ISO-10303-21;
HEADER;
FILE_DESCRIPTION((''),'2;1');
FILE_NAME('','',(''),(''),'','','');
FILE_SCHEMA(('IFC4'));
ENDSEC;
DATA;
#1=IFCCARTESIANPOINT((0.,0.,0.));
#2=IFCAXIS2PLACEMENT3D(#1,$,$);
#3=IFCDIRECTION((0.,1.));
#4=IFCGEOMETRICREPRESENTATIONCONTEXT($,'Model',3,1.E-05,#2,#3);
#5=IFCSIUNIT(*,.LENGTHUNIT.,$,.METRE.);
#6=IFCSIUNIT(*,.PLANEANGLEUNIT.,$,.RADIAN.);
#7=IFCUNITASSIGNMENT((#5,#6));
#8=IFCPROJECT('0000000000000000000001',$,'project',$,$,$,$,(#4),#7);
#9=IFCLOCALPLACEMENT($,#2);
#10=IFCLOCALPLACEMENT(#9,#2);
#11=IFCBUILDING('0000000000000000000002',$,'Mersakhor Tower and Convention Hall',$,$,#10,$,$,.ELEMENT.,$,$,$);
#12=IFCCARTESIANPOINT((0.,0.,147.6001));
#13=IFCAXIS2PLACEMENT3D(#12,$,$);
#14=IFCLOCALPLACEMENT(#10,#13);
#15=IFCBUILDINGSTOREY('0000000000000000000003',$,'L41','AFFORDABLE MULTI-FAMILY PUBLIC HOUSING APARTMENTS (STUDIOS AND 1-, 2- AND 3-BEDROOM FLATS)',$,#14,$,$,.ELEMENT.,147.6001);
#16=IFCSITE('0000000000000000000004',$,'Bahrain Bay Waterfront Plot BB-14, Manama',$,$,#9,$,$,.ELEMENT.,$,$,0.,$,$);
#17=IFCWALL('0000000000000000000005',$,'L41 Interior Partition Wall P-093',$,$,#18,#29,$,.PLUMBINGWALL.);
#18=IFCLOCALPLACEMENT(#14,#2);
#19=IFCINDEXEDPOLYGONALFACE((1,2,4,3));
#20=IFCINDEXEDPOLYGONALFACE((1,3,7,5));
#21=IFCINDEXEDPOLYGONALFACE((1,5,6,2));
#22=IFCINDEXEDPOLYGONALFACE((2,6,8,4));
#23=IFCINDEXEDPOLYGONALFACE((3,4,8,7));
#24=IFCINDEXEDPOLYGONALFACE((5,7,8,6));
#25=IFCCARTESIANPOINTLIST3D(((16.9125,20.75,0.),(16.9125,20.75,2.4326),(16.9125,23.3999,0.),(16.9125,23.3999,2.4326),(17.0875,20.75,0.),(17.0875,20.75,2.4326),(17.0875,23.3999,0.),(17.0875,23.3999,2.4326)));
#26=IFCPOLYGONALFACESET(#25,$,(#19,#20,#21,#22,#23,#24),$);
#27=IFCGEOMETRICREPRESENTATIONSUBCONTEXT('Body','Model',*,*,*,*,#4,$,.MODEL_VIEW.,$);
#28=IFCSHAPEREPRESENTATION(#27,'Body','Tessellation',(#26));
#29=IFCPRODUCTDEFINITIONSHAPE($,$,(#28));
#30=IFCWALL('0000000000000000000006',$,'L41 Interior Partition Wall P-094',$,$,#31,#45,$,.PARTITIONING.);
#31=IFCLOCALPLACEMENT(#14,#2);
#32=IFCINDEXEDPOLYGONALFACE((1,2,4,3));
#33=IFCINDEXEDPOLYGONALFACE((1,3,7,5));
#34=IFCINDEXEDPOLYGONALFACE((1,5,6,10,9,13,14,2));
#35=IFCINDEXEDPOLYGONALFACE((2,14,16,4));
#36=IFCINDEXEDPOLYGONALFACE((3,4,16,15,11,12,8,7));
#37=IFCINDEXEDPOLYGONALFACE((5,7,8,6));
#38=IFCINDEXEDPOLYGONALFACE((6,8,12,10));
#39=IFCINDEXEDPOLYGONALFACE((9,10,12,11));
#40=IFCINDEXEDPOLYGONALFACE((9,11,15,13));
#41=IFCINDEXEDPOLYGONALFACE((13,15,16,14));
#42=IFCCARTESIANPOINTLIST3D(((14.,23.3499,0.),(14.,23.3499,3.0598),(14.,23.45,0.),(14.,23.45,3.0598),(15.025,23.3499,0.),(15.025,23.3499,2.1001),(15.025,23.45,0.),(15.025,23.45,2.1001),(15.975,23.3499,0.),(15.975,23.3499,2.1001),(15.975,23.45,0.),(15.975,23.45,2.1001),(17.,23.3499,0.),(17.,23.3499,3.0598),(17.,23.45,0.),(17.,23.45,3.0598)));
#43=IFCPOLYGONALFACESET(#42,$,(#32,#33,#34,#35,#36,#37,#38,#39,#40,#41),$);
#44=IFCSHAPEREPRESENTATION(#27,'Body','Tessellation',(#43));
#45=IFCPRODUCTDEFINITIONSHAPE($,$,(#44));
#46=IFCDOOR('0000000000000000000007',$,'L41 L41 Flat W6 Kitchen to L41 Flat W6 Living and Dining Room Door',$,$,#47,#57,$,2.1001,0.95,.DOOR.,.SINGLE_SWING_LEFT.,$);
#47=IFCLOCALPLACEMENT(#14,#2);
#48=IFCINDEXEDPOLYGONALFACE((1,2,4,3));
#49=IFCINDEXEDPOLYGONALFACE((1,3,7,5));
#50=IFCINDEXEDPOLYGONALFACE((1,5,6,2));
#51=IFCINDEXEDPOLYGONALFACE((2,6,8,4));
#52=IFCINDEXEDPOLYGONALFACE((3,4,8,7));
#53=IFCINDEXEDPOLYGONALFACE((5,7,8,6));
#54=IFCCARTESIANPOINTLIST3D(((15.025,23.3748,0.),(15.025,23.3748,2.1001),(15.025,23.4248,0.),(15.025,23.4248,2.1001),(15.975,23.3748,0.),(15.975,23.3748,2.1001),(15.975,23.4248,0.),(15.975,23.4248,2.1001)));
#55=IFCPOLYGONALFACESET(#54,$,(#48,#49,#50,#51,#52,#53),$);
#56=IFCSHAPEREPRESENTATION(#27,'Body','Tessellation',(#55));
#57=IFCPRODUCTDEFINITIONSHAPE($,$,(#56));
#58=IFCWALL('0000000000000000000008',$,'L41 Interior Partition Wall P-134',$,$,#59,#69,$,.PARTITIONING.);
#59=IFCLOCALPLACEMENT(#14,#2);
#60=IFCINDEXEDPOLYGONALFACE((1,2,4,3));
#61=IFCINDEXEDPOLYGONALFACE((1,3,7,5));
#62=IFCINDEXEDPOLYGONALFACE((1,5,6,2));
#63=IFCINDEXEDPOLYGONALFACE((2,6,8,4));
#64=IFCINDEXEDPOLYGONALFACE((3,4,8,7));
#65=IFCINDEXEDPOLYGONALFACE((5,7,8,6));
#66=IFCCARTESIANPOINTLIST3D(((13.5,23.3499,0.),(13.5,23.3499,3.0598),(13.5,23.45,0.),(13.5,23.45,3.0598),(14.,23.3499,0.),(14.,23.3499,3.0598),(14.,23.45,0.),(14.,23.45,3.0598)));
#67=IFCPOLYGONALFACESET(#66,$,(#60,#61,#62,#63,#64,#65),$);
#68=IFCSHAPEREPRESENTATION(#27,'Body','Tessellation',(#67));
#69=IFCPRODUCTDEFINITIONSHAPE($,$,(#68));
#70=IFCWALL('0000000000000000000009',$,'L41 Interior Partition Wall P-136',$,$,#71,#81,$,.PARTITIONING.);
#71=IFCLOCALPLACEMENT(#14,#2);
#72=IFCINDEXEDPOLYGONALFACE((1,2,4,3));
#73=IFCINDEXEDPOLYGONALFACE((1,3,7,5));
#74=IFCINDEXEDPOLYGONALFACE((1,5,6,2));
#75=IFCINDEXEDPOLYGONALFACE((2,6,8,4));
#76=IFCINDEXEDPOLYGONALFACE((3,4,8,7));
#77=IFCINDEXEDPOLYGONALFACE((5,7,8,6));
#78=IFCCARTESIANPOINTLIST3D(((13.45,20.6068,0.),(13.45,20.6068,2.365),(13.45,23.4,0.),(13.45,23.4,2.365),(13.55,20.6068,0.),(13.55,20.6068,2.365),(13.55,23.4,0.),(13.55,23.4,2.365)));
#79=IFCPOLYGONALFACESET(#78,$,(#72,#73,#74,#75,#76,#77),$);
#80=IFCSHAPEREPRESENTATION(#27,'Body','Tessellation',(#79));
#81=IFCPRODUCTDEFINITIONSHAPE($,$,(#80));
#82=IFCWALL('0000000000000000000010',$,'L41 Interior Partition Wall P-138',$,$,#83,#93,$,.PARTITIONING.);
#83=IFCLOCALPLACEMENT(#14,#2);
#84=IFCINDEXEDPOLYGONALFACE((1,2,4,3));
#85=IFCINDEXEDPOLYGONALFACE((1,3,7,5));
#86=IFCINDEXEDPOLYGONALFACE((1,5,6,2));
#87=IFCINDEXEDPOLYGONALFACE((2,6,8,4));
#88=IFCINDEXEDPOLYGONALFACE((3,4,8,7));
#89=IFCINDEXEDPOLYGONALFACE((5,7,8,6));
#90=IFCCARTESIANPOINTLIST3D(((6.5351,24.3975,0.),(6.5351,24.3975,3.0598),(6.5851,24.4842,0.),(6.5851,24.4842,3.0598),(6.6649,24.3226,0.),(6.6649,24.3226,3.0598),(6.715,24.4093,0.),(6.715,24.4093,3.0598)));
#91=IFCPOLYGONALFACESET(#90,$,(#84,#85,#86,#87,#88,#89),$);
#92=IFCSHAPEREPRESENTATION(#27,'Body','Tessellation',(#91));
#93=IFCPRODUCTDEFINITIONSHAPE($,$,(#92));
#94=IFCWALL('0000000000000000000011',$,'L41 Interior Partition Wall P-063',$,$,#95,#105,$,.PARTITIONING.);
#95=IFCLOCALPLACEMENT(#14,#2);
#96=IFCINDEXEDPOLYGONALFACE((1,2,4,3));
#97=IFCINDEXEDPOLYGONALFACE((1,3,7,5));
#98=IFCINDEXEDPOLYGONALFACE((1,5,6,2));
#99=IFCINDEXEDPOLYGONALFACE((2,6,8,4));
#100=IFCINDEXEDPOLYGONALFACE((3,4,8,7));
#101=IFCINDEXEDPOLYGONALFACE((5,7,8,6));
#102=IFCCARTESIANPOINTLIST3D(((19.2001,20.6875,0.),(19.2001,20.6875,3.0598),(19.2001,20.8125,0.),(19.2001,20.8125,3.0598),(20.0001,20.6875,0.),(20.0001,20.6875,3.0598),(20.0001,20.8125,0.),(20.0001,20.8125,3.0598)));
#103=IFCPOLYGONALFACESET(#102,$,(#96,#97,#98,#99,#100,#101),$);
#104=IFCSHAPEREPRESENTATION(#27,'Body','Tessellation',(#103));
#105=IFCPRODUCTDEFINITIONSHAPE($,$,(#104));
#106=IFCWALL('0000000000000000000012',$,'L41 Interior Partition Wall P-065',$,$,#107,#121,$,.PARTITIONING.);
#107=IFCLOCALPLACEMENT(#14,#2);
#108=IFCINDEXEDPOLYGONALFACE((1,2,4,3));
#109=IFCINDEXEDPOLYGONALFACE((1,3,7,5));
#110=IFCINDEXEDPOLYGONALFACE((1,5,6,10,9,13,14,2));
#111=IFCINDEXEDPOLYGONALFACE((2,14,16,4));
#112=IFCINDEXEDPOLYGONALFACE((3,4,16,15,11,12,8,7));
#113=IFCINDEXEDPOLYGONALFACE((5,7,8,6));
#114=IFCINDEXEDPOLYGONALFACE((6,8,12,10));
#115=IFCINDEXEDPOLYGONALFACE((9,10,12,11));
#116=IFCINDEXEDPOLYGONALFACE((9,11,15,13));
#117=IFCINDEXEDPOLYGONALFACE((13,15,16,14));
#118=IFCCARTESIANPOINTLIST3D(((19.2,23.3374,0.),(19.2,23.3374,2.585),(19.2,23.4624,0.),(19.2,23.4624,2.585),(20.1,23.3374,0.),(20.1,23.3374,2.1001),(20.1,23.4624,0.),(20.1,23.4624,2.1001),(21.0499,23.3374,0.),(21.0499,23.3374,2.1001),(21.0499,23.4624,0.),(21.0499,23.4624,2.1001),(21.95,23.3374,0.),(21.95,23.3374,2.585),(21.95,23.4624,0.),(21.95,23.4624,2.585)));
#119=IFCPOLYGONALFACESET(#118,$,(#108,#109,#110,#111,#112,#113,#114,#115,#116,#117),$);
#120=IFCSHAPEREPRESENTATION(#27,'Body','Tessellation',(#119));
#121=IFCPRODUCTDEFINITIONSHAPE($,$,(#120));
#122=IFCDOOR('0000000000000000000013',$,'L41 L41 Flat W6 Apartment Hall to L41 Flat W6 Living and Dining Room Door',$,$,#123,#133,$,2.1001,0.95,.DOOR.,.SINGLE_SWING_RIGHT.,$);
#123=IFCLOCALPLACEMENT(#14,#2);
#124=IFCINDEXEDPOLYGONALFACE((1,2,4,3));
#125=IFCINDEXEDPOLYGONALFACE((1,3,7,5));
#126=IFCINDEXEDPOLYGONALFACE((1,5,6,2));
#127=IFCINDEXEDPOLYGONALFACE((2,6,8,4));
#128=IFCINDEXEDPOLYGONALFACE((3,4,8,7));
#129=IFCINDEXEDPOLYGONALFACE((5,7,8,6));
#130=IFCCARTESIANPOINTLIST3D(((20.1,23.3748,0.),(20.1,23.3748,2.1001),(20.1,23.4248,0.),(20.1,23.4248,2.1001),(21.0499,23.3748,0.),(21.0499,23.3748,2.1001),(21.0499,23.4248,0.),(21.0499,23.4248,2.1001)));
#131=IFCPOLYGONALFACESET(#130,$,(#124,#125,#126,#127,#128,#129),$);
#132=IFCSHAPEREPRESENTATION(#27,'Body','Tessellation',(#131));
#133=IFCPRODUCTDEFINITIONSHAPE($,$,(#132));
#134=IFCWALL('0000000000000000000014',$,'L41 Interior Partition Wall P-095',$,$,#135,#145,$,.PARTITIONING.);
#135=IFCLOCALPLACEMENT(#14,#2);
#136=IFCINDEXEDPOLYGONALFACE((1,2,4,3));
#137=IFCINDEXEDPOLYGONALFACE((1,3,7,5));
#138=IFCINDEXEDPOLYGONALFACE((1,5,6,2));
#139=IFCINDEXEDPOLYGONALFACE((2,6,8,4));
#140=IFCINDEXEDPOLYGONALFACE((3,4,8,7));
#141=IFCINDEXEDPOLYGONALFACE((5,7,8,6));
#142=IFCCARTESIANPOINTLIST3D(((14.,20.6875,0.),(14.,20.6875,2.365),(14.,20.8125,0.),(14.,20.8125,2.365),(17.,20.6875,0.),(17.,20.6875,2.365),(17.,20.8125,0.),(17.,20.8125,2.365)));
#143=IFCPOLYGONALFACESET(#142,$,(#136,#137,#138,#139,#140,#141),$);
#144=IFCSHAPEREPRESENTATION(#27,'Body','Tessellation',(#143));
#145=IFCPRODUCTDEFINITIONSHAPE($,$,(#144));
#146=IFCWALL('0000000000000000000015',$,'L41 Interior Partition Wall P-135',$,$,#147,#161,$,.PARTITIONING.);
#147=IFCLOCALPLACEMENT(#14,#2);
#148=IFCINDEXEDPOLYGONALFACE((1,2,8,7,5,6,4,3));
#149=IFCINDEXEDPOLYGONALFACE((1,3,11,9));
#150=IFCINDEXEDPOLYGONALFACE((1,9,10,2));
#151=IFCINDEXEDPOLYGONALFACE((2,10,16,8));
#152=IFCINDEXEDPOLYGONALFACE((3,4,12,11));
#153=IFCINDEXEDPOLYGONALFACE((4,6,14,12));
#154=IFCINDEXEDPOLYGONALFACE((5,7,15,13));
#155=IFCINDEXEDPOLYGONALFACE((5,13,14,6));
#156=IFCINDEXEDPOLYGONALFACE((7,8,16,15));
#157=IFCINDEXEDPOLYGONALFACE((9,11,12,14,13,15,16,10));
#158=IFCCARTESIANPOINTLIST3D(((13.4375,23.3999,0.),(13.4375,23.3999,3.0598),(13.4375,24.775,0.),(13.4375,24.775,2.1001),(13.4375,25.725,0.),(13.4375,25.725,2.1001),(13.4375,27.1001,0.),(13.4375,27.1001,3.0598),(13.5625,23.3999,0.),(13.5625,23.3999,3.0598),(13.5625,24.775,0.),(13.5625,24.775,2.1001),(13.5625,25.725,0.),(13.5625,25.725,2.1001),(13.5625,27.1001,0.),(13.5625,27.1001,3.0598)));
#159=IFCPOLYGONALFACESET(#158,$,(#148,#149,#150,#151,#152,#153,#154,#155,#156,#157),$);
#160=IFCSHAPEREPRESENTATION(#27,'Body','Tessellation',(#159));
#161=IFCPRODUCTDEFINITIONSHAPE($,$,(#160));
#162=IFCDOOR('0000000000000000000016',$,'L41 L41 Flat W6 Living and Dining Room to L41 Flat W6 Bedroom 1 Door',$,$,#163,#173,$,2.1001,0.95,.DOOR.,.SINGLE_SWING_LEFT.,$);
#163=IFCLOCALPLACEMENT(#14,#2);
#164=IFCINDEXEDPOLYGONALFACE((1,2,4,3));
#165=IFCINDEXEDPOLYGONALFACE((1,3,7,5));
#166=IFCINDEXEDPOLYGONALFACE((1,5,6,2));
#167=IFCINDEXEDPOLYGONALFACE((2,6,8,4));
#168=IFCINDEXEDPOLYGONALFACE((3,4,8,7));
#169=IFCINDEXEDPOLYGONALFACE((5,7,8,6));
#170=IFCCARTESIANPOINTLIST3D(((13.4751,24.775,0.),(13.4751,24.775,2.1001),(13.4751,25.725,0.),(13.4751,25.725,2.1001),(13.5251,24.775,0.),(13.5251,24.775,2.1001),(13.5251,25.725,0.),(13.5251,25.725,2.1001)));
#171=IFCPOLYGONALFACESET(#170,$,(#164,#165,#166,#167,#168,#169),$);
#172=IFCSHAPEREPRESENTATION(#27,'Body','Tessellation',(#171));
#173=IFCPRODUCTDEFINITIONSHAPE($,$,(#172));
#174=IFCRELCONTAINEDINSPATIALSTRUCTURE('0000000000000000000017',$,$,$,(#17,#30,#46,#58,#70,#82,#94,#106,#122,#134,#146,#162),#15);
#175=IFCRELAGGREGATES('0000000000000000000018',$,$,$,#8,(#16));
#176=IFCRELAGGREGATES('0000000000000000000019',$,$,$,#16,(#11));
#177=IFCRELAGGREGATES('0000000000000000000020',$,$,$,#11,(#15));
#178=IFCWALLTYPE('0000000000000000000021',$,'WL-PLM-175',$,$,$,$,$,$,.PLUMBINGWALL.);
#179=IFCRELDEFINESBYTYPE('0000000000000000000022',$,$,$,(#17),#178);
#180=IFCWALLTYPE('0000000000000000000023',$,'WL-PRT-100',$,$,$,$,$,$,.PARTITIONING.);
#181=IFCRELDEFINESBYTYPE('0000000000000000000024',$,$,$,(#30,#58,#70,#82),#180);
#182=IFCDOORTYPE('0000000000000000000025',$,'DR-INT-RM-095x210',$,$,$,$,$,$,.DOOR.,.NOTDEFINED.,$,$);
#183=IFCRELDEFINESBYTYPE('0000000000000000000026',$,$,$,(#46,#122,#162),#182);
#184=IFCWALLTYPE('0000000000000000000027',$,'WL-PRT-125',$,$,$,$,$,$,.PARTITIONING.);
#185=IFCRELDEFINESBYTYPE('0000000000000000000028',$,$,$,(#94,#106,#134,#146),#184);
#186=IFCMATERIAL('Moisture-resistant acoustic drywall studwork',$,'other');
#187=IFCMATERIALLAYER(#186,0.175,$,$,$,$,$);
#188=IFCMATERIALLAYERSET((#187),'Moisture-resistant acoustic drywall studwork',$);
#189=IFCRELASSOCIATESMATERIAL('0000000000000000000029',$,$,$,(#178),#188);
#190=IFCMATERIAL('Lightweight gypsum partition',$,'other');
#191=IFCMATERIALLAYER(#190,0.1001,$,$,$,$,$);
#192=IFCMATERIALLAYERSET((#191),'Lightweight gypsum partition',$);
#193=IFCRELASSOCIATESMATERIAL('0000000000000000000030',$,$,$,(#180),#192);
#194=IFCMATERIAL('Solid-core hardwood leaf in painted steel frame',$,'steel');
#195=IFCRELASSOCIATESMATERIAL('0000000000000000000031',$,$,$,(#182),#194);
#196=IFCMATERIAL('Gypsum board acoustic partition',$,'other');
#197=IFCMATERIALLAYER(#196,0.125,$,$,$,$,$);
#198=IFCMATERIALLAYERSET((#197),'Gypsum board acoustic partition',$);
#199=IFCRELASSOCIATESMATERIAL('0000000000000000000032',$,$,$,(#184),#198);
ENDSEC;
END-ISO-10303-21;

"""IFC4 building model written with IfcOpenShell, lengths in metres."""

from ifc_helpers import new_model, si_unit, direction, frame, frame_2d, origin, place, context, subcontext, project, spatial, rectangle, extrude, material, layer, layer_set, type_object, element, fill, save


model = new_model("IFC4")

# Units and contexts
model_context = context("Model", 3, precision=1e-05, world=origin(), true_north=direction((0.0, 1.0)))
body_context = subcontext(model_context, "Body", "Model", "MODEL_VIEW")
ifc_project = project(units=[si_unit("LENGTHUNIT", "METRE"), si_unit("PLANEANGLEUNIT", "RADIAN")], contexts=[model_context])

# Site, building, storey
site_placement = place(None, origin())
site = spatial("IfcSite", under=ifc_project, at=site_placement, Name="Bahrain Bay Waterfront Plot BB-14, Manama", CompositionType="ELEMENT", RefElevation=0.0)
building_placement = place(site_placement, origin())
building = spatial("IfcBuilding", under=site, at=building_placement, Name="Mersakhor Tower and Convention Hall", CompositionType="ELEMENT")
storey_placement = place(building_placement, frame((0.0, 0.0, 147.6001)))
storey = spatial("IfcBuildingStorey", under=building, at=storey_placement, Name="L41", Description="AFFORDABLE MULTI-FAMILY PUBLIC HOUSING APARTMENTS (STUDIOS AND 1-, 2- AND 3-BEDROOM FLATS)", CompositionType="ELEMENT", Elevation=147.6001)

# Shared definitions
ifc_material_1 = material(Name="Moisture-resistant acoustic drywall studwork", Category="other")
ifc_layer_1 = layer(ifc_material_1, 0.175)
ifc_layer_set_1 = layer_set([ifc_layer_1], Name="Moisture-resistant acoustic drywall studwork")
wall_type_1 = type_object("IfcWallType", Name="WL-PLM-175", PredefinedType="PLUMBINGWALL", material=ifc_layer_set_1)

# Wall
wall_1_placement = place(storey_placement, frame((17.0, 20.75, 0.0), z_axis=(0.0, 0.0, 1.0), x_axis=(0.0, 1.0, 0.0)))
element("IfcWall", 1, at=wall_1_placement, inside=storey, type_object=wall_type_1, Name="L41 Interior Partition Wall P-093", PredefinedType="PLUMBINGWALL", context=body_context, shape_type="SweptSolid", body=[
    extrude(rectangle(XDim=2.6499, YDim=0.175, at=frame_2d((1.325, 0.0))), origin(), (0.0, 0.0, 1.0), 2.4326),
])

# Wall, opening, door
ifc_material_2 = material(Name="Lightweight gypsum partition", Category="other")
ifc_layer_2 = layer(ifc_material_2, 0.1001)
ifc_layer_set_2 = layer_set([ifc_layer_2], Name="Lightweight gypsum partition")
wall_type_2 = type_object("IfcWallType", Name="WL-PRT-100", PredefinedType="PARTITIONING", material=ifc_layer_set_2)
wall_2_placement = place(storey_placement, frame((14.0, 23.3999, 0.0), z_axis=(0.0, 0.0, 1.0), x_axis=(1.0, 0.0, 0.0)))
wall_2 = element("IfcWall", 2, at=wall_2_placement, inside=storey, type_object=wall_type_2, Name="L41 Interior Partition Wall P-094", PredefinedType="PARTITIONING", context=body_context, shape_type="SweptSolid", body=[
    extrude(rectangle(XDim=3.0, YDim=0.1001, at=frame_2d((1.5, 0.0))), origin(), (0.0, 0.0, 1.0), 3.0598),
])
opening_1_placement = place(wall_2_placement, frame((1.0249, 0.0, 0.0)))
opening_1 = element("IfcOpeningElement", 3, at=opening_1_placement, cuts=wall_2, PredefinedType="OPENING", context=body_context, shape_type="SweptSolid", body=[
    extrude(rectangle(XDim=0.95, YDim=2.1001, at=frame_2d((0.4751, 1.05))), frame((0.0, 0.0601, 0.0), z_axis=(0.0, -1.0, 0.0), x_axis=(1.0, 0.0, 0.0)), (0.0, 0.0, 1.0), 0.1201),
])
ifc_material_3 = material(Name="Solid-core hardwood leaf in painted steel frame", Category="steel")
door_type_1 = type_object("IfcDoorType", Name="DR-INT-RM-095x210", OperationType="NOTDEFINED", PredefinedType="DOOR", material=ifc_material_3)
door_1_placement = place(opening_1_placement, origin())
door_1 = element("IfcDoor", 4, at=door_1_placement, inside=storey, type_object=door_type_1, Name="L41 L41 Flat W6 Kitchen to L41 Flat W6 Living and Dining Room Door", OperationType="SINGLE_SWING_LEFT", OverallHeight=2.1001, OverallWidth=0.95, PredefinedType="DOOR", context=body_context, shape_type="SweptSolid", body=[
    extrude(rectangle(XDim=0.95, YDim=2.1001, at=frame_2d((0.4751, 1.05))), frame((0.0, 0.0249, 0.0), z_axis=(0.0, -1.0, 0.0), x_axis=(1.0, 0.0, 0.0)), (0.0, 0.0, 1.0), 0.05),
])
fill(opening_1, door_1)

# Walls
wall_3_placement = place(storey_placement, frame((14.0, 23.3999, 0.0), z_axis=(0.0, 0.0, 1.0), x_axis=(-1.0, 0.0, 0.0)))
element("IfcWall", 5, at=wall_3_placement, inside=storey, type_object=wall_type_2, Name="L41 Interior Partition Wall P-134", PredefinedType="PARTITIONING", context=body_context, shape_type="SweptSolid", body=[
    extrude(rectangle(XDim=0.5, YDim=0.1001, at=frame_2d((0.25, 0.0))), origin(), (0.0, 0.0, 1.0), 3.0598),
])
wall_4_placement = place(storey_placement, frame((13.5, 23.3999, 0.0), z_axis=(0.0, 0.0, 1.0), x_axis=(0.0, -1.0, 0.0)))
element("IfcWall", 6, at=wall_4_placement, inside=storey, type_object=wall_type_2, Name="L41 Interior Partition Wall P-136", PredefinedType="PARTITIONING", context=body_context, shape_type="SweptSolid", body=[
    extrude(rectangle(XDim=2.7932, YDim=0.1001, at=frame_2d((1.3965, 0.0))), origin(), (0.0, 0.0, 1.0), 2.365),
])
wall_5_placement = place(storey_placement, frame((6.6899, 24.366, 0.0), z_axis=(0.0, 0.0, 1.0), x_axis=(-0.866131, 0.499816, 0.0)))
element("IfcWall", 7, at=wall_5_placement, inside=storey, type_object=wall_type_2, Name="L41 Interior Partition Wall P-138", PredefinedType="PARTITIONING", context=body_context, shape_type="SweptSolid", body=[
    extrude(rectangle(XDim=0.1499, YDim=0.1001, at=frame_2d((0.075, 0.0))), origin(), (0.0, 0.0, 1.0), 3.0598),
])
ifc_material_4 = material(Name="Gypsum board acoustic partition", Category="other")
ifc_layer_3 = layer(ifc_material_4, 0.125)
ifc_layer_set_3 = layer_set([ifc_layer_3], Name="Gypsum board acoustic partition")
wall_type_3 = type_object("IfcWallType", Name="WL-PRT-125", PredefinedType="PARTITIONING", material=ifc_layer_set_3)
wall_6_placement = place(storey_placement, frame((20.0, 20.75, 0.0), z_axis=(0.0, 0.0, 1.0), x_axis=(-1.0, 0.0, 0.0)))
element("IfcWall", 8, at=wall_6_placement, inside=storey, type_object=wall_type_3, Name="L41 Interior Partition Wall P-063", PredefinedType="PARTITIONING", context=body_context, shape_type="SweptSolid", body=[
    extrude(rectangle(XDim=0.8, YDim=0.125, at=frame_2d((0.3999, 0.0))), origin(), (0.0, 0.0, 1.0), 3.0598),
])

# Wall, opening, door
wall_7_placement = place(storey_placement, frame((19.2, 23.3999, 0.0), z_axis=(0.0, 0.0, 1.0), x_axis=(1.0, 0.0, 0.0)))
wall_7 = element("IfcWall", 9, at=wall_7_placement, inside=storey, type_object=wall_type_3, Name="L41 Interior Partition Wall P-065", PredefinedType="PARTITIONING", context=body_context, shape_type="SweptSolid", body=[
    extrude(rectangle(XDim=2.75, YDim=0.125, at=frame_2d((1.375, 0.0))), origin(), (0.0, 0.0, 1.0), 2.585),
])
opening_2_placement = place(wall_7_placement, frame((0.8999, 0.0, 0.0)))
opening_2 = element("IfcOpeningElement", 10, at=opening_2_placement, cuts=wall_7, PredefinedType="OPENING", context=body_context, shape_type="SweptSolid", body=[
    extrude(rectangle(XDim=0.95, YDim=2.1001, at=frame_2d((0.4751, 1.05))), frame((0.0, 0.0725, 0.0), z_axis=(0.0, -1.0, 0.0), x_axis=(1.0, 0.0, 0.0)), (0.0, 0.0, 1.0), 0.145),
])
door_2_placement = place(opening_2_placement, origin())
door_2 = element("IfcDoor", 11, at=door_2_placement, inside=storey, type_object=door_type_1, Name="L41 L41 Flat W6 Apartment Hall to L41 Flat W6 Living and Dining Room Door", OperationType="SINGLE_SWING_RIGHT", OverallHeight=2.1001, OverallWidth=0.95, PredefinedType="DOOR", context=body_context, shape_type="SweptSolid", body=[
    extrude(rectangle(XDim=0.95, YDim=2.1001, at=frame_2d((0.4751, 1.05))), frame((0.0, 0.0249, 0.0), z_axis=(0.0, -1.0, 0.0), x_axis=(1.0, 0.0, 0.0)), (0.0, 0.0, 1.0), 0.05),
])
fill(opening_2, door_2)

# Wall
wall_8_placement = place(storey_placement, frame((17.0, 20.75, 0.0), z_axis=(0.0, 0.0, 1.0), x_axis=(-1.0, 0.0, 0.0)))
element("IfcWall", 12, at=wall_8_placement, inside=storey, type_object=wall_type_3, Name="L41 Interior Partition Wall P-095", PredefinedType="PARTITIONING", context=body_context, shape_type="SweptSolid", body=[
    extrude(rectangle(XDim=3.0, YDim=0.125, at=frame_2d((1.5, 0.0))), origin(), (0.0, 0.0, 1.0), 2.365),
])

# Wall, opening, door
wall_9_placement = place(storey_placement, frame((13.5, 23.3999, 0.0), z_axis=(0.0, 0.0, 1.0), x_axis=(0.0, 1.0, 0.0)))
wall_9 = element("IfcWall", 13, at=wall_9_placement, inside=storey, type_object=wall_type_3, Name="L41 Interior Partition Wall P-135", PredefinedType="PARTITIONING", context=body_context, shape_type="SweptSolid", body=[
    extrude(rectangle(XDim=3.7002, YDim=0.125, at=frame_2d((1.8501, 0.0))), origin(), (0.0, 0.0, 1.0), 3.0598),
])
opening_3_placement = place(wall_9_placement, frame((1.375, 0.0, 0.0)))
opening_3 = element("IfcOpeningElement", 14, at=opening_3_placement, cuts=wall_9, PredefinedType="OPENING", context=body_context, shape_type="SweptSolid", body=[
    extrude(rectangle(XDim=0.95, YDim=2.1001, at=frame_2d((0.4751, 1.05))), frame((0.0, 0.0725, 0.0), z_axis=(0.0, -1.0, 0.0), x_axis=(1.0, 0.0, 0.0)), (0.0, 0.0, 1.0), 0.145),
])
door_3_placement = place(opening_3_placement, origin())
door_3 = element("IfcDoor", 15, at=door_3_placement, inside=storey, type_object=door_type_1, Name="L41 L41 Flat W6 Living and Dining Room to L41 Flat W6 Bedroom 1 Door", OperationType="SINGLE_SWING_LEFT", OverallHeight=2.1001, OverallWidth=0.95, PredefinedType="DOOR", context=body_context, shape_type="SweptSolid", body=[
    extrude(rectangle(XDim=0.95, YDim=2.1001, at=frame_2d((0.4751, 1.05))), frame((0.0, 0.0249, 0.0), z_axis=(0.0, -1.0, 0.0), x_axis=(1.0, 0.0, 0.0)), (0.0, 0.0, 1.0), 0.05),
])
fill(opening_3, door_3)

save(model, "model.ifc")
